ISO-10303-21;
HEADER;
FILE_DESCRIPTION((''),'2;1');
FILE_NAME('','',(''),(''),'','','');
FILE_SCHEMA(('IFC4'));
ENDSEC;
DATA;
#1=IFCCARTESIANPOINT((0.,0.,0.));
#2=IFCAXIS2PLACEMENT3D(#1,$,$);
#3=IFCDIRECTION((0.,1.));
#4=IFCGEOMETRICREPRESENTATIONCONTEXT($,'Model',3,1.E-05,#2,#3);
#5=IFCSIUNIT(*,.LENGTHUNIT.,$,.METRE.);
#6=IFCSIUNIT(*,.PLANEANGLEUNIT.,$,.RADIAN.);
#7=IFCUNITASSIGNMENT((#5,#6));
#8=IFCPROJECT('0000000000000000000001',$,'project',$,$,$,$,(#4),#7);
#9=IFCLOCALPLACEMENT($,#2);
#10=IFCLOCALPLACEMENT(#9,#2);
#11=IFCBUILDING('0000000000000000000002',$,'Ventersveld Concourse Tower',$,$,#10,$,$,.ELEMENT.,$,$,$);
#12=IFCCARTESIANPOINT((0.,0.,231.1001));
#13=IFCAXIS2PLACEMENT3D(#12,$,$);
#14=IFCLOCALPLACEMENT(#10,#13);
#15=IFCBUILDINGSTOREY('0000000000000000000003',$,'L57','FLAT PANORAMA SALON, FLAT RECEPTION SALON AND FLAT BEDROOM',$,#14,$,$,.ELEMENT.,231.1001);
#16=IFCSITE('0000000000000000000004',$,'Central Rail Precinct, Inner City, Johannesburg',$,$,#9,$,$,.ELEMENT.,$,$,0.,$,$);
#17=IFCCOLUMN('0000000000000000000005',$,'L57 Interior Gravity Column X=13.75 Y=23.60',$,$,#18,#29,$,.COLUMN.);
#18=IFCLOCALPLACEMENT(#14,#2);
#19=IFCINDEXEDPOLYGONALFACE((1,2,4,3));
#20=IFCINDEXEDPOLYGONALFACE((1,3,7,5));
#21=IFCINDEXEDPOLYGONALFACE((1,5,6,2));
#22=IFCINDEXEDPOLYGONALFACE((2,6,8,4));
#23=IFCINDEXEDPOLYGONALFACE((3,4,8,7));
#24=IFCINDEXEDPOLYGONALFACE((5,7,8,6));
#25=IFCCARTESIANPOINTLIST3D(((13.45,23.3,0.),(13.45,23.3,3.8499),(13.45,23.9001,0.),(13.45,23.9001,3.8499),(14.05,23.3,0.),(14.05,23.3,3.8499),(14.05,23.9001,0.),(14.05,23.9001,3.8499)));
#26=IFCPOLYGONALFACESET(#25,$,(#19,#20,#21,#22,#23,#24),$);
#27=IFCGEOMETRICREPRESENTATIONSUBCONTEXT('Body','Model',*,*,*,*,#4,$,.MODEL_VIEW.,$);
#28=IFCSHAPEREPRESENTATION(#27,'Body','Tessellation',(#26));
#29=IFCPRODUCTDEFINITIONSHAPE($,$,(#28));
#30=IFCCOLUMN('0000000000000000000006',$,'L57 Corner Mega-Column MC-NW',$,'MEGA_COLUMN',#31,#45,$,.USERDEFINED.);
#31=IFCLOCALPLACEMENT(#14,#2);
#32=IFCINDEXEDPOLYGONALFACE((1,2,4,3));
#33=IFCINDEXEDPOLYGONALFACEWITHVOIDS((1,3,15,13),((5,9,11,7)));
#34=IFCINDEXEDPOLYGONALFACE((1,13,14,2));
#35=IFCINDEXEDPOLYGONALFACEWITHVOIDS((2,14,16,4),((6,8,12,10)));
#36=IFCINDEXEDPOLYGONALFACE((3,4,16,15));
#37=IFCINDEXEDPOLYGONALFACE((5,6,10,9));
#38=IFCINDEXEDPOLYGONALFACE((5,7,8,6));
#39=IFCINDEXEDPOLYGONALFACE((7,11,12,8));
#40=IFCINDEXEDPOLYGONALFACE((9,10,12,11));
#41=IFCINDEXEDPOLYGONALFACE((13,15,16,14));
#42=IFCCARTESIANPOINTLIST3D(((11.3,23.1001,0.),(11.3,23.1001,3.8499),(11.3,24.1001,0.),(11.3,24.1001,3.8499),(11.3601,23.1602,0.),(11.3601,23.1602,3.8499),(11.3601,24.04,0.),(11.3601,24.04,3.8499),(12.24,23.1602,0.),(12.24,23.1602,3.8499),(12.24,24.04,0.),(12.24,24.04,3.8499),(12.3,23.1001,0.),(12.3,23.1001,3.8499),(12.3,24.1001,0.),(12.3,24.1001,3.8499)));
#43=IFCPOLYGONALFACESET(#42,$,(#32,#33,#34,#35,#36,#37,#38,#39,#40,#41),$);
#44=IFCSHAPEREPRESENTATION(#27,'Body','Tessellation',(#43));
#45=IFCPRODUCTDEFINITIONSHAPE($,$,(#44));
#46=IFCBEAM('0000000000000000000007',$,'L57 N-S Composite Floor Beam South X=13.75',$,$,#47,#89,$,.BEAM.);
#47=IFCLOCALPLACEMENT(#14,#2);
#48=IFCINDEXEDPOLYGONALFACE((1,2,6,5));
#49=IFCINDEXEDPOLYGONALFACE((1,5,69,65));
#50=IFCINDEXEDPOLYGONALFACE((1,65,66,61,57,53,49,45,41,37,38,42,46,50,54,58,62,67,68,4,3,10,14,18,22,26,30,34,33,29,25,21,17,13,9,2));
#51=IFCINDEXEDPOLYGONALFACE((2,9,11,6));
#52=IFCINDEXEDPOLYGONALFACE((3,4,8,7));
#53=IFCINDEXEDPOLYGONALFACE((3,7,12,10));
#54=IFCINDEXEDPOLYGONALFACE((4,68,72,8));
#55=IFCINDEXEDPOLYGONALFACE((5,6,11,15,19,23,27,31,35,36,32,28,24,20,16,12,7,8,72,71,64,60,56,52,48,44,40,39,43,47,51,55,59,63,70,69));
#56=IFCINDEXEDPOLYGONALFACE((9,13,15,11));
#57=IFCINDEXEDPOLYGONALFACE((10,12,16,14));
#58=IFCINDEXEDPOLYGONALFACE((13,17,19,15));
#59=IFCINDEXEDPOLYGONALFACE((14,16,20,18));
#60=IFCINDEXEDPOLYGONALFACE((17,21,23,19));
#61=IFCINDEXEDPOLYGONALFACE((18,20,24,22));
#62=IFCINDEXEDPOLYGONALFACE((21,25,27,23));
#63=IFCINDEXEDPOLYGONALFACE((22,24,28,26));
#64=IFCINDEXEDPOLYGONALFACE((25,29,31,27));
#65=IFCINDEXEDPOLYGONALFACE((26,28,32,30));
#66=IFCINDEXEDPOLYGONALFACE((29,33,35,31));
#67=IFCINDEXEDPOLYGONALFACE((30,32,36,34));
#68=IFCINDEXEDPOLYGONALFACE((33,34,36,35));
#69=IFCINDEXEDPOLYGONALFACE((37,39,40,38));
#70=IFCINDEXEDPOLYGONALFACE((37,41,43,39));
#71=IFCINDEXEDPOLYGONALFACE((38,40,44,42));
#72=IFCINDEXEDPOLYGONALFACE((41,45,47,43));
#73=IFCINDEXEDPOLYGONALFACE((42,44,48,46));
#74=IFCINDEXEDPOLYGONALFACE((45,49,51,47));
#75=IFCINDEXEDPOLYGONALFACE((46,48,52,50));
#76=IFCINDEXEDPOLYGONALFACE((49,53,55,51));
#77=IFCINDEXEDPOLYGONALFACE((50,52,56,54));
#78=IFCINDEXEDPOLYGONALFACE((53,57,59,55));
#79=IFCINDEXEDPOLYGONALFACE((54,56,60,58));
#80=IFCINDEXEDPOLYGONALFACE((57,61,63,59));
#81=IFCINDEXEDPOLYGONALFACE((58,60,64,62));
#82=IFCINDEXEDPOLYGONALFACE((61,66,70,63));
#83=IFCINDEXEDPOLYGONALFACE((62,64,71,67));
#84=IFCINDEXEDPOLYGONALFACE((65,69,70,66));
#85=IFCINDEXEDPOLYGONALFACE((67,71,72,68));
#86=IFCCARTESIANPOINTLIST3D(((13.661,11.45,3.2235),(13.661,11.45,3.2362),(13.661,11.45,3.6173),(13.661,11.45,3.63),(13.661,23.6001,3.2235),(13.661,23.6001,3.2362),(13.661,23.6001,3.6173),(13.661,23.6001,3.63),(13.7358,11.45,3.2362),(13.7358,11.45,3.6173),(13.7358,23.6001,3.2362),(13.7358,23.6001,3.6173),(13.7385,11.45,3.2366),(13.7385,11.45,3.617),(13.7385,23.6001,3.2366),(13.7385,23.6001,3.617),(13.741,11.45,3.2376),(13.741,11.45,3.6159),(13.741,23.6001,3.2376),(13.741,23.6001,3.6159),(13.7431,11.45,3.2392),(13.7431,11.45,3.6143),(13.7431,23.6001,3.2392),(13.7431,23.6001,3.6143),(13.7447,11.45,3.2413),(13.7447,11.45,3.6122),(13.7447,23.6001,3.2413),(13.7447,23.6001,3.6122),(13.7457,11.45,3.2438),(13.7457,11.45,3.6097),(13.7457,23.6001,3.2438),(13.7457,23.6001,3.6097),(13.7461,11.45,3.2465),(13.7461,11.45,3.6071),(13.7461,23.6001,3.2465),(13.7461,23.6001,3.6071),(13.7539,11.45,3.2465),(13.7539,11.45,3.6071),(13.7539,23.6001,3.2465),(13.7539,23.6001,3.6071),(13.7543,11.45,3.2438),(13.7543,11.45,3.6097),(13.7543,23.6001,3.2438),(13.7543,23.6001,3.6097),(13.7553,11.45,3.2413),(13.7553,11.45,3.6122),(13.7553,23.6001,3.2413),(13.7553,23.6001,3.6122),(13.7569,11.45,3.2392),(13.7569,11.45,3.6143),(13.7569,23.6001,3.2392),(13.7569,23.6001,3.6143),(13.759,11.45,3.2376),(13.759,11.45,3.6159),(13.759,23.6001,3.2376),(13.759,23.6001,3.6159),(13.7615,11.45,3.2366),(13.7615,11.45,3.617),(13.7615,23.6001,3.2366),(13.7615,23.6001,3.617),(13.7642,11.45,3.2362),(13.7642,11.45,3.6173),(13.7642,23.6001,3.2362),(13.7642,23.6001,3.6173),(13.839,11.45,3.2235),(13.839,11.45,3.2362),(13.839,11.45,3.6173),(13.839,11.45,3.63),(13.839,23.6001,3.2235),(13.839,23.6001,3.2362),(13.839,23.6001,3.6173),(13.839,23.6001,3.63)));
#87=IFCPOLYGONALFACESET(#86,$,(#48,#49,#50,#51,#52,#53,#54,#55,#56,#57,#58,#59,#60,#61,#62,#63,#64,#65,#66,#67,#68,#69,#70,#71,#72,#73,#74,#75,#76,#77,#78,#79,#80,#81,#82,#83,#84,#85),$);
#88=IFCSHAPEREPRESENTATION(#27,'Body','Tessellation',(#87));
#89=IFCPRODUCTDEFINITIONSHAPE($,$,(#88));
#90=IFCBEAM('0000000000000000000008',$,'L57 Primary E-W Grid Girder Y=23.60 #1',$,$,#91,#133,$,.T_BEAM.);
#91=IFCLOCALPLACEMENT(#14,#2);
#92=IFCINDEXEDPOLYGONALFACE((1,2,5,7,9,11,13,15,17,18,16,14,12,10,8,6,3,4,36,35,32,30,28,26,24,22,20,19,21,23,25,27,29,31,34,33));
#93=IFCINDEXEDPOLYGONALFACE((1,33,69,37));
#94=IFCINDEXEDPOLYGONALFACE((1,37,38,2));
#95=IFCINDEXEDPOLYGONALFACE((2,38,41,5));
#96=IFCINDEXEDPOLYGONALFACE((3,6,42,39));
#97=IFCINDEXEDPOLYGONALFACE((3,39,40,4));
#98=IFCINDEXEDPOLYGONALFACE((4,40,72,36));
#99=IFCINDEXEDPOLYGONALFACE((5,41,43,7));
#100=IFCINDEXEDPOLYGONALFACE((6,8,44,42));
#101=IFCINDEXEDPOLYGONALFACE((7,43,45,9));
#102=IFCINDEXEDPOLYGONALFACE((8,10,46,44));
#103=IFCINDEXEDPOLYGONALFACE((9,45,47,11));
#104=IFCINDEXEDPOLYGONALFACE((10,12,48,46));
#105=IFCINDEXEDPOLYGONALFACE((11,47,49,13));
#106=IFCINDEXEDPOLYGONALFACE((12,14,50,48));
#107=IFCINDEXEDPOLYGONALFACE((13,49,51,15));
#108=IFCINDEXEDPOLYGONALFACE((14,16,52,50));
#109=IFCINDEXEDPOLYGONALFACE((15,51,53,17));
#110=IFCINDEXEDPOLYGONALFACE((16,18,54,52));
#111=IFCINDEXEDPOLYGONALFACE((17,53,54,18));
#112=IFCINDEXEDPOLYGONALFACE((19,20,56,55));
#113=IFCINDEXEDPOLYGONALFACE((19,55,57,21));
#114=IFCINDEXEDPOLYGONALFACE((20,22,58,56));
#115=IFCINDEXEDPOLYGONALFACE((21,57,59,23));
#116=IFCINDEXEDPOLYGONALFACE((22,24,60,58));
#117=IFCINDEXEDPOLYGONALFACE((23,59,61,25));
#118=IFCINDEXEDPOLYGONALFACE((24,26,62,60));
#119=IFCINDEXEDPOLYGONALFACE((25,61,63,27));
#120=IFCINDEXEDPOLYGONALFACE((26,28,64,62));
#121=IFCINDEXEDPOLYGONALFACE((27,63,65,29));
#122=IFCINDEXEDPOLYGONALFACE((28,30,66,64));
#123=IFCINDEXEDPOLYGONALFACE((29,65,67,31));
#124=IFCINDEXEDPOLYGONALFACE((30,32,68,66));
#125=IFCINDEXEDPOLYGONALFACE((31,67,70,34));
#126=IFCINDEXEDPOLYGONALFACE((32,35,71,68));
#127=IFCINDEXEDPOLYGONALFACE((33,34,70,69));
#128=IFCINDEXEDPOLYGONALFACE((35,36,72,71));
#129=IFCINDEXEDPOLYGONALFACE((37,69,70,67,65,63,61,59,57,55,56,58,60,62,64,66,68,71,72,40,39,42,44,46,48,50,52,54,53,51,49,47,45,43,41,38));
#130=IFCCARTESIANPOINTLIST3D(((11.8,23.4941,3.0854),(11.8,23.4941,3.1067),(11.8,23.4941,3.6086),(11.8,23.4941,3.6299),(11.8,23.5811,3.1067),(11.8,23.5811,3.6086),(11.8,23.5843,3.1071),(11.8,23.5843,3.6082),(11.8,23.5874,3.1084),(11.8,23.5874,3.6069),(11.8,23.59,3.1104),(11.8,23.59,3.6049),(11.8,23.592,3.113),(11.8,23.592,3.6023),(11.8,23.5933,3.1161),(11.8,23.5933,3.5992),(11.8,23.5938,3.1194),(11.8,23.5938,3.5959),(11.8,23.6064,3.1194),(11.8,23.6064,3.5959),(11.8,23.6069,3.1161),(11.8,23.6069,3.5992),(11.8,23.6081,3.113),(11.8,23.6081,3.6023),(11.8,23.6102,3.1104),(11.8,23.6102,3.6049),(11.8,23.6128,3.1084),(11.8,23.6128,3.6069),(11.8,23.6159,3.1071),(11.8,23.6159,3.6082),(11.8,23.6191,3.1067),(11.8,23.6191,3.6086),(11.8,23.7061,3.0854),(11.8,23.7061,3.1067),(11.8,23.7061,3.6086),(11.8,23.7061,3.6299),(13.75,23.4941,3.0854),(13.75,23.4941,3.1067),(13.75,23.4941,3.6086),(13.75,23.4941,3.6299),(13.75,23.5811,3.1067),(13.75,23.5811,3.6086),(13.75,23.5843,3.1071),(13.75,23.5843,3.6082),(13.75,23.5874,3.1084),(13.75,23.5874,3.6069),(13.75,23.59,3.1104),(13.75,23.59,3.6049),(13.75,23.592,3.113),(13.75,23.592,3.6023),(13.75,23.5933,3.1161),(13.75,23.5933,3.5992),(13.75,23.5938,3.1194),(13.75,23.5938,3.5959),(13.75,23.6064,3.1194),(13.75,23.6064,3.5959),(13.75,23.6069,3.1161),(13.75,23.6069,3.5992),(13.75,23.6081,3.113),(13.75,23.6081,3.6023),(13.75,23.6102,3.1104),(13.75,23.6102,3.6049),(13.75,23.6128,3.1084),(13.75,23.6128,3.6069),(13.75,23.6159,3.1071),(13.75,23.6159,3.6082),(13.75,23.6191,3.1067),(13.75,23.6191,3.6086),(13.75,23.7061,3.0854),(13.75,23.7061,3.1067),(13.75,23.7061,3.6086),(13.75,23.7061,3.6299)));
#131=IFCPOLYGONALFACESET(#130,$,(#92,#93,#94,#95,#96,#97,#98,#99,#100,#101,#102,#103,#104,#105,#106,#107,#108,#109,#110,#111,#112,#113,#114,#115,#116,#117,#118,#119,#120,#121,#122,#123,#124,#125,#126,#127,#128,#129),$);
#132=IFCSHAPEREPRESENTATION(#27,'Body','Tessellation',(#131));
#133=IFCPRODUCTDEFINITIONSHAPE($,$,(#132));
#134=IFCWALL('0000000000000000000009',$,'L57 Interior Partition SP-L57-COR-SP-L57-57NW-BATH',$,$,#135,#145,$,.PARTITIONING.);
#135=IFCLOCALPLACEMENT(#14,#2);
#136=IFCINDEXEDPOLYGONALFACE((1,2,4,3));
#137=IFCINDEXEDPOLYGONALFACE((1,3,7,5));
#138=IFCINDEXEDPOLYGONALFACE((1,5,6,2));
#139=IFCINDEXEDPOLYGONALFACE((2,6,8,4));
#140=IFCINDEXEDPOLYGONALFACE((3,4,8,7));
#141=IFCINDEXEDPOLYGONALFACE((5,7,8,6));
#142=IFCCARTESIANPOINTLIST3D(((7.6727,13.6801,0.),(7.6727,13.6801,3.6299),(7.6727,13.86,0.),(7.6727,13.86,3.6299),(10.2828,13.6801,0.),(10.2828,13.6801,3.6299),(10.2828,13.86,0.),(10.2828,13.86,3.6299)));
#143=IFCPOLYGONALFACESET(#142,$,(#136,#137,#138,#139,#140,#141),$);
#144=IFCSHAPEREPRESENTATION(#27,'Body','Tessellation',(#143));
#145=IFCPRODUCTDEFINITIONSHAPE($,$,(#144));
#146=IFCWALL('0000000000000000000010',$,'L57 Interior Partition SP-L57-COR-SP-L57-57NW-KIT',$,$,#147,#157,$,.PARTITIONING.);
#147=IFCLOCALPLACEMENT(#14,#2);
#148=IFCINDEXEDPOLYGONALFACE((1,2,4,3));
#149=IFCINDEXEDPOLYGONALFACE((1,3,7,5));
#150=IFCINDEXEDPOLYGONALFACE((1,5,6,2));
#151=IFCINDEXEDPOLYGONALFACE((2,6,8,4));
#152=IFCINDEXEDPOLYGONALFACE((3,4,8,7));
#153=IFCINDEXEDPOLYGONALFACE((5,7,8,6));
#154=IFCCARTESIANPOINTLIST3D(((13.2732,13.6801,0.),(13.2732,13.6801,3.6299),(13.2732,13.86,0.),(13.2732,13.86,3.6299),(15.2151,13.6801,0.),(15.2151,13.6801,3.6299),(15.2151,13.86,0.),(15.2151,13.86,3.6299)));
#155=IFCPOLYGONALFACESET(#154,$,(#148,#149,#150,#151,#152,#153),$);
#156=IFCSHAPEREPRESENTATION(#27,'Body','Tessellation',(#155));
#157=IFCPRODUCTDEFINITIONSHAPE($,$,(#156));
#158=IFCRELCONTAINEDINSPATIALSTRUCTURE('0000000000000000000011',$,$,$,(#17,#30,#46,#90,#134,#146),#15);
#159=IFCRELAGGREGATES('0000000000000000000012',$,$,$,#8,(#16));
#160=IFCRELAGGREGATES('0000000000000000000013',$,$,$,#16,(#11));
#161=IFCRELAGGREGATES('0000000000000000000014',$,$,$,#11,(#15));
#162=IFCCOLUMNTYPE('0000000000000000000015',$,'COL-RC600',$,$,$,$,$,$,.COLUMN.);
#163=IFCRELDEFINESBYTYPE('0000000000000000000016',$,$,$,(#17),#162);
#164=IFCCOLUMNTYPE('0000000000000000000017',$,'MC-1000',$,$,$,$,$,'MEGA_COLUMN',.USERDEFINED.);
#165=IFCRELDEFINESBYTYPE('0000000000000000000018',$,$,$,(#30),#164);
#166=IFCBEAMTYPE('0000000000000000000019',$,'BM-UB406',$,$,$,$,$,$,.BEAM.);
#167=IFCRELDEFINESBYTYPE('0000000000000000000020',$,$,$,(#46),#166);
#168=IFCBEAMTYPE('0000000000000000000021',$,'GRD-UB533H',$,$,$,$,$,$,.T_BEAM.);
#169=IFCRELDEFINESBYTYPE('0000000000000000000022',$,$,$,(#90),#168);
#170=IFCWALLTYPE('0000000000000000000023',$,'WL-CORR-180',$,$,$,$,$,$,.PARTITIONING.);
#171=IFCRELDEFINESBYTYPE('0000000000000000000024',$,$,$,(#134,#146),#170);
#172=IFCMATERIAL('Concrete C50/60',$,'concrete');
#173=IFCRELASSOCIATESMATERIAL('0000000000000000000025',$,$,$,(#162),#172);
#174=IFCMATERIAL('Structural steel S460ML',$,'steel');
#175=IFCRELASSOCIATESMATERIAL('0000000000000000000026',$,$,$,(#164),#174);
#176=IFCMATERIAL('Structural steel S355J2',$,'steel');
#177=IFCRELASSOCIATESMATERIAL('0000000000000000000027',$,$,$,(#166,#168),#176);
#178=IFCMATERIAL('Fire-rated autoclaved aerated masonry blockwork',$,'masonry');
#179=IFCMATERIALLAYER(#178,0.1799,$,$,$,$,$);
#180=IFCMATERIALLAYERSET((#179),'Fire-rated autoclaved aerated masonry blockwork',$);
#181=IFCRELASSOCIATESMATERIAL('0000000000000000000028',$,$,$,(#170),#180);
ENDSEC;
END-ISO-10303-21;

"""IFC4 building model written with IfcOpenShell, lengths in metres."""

from ifc_helpers import new_model, si_unit, direction, frame, frame_2d, origin, origin_2d, place, context, subcontext, project, spatial, rectangle, hollow_rectangle, i_section, extrude, material, layer, layer_set, material_profile, profile_set, type_object, element, save


model = new_model("IFC4")

# Units and contexts
model_context = context("Model", 3, precision=1e-05, world=origin(), true_north=direction((0.0, 1.0)))
body_context = subcontext(model_context, "Body", "Model", "MODEL_VIEW")
ifc_project = project(units=[si_unit("LENGTHUNIT", "METRE"), si_unit("PLANEANGLEUNIT", "RADIAN")], contexts=[model_context])

# Site, building, storey
site_placement = place(None, origin())
site = spatial("IfcSite", under=ifc_project, at=site_placement, Name="Central Rail Precinct, Inner City, Johannesburg", CompositionType="ELEMENT", RefElevation=0.0)
building_placement = place(site_placement, origin())
building = spatial("IfcBuilding", under=site, at=building_placement, Name="Ventersveld Concourse Tower", CompositionType="ELEMENT")
storey_placement = place(building_placement, frame((0.0, 0.0, 231.1001)))
storey = spatial("IfcBuildingStorey", under=building, at=storey_placement, Name="L57", Description="FLAT PANORAMA SALON, FLAT RECEPTION SALON AND FLAT BEDROOM", CompositionType="ELEMENT", Elevation=231.1001)

# Columns
ifc_material_1 = material(Name="Concrete C50/60", Category="concrete")
ifc_material_profile_1 = material_profile(ifc_material_1, rectangle(XDim=0.6001, YDim=0.6001, at=origin_2d()), Name="RC 600x600")
ifc_profile_set_1 = profile_set([ifc_material_profile_1], Name="Concrete C50/60")
column_type_1 = type_object("IfcColumnType", Name="COL-RC600", PredefinedType="COLUMN", material=ifc_profile_set_1)
column_1_placement = place(storey_placement, frame((13.75, 23.6001, 0.0), z_axis=(0.0, 0.0, 1.0), x_axis=(1.0, 0.0, 0.0)))
element("IfcColumn", 1, at=column_1_placement, inside=storey, type_object=column_type_1, Name="L57 Interior Gravity Column X=13.75 Y=23.60", PredefinedType="COLUMN", context=body_context, shape_type="SweptSolid", body=[
    extrude(rectangle(XDim=0.6001, YDim=0.6001, at=origin_2d()), origin(), (0.0, 0.0, 1.0), 3.8499),
])
ifc_material_2 = material(Name="Structural steel S460ML", Category="steel")
ifc_material_profile_2 = material_profile(ifc_material_2, hollow_rectangle(XDim=1.0, YDim=1.0, WallThickness=0.0601, at=origin_2d()), Name="BOX 1000x1000x60")
ifc_profile_set_2 = profile_set([ifc_material_profile_2], Name="Structural steel S460ML")
column_type_2 = type_object("IfcColumnType", Name="MC-1000", ElementType="MEGA_COLUMN", PredefinedType="USERDEFINED", material=ifc_profile_set_2)
column_2_placement = place(storey_placement, frame((11.8, 23.6001, 0.0), z_axis=(0.0, 0.0, 1.0), x_axis=(1.0, 0.0, 0.0)))
element("IfcColumn", 2, at=column_2_placement, inside=storey, type_object=column_type_2, Name="L57 Corner Mega-Column MC-NW", ObjectType="MEGA_COLUMN", PredefinedType="USERDEFINED", context=body_context, shape_type="SweptSolid", body=[
    extrude(hollow_rectangle(XDim=1.0, YDim=1.0, WallThickness=0.0601, at=origin_2d()), origin(), (0.0, 0.0, 1.0), 3.8499),
])

# Beams
ifc_material_3 = material(Name="Structural steel S355J2", Category="steel")
ifc_material_profile_3 = material_profile(ifc_material_3, i_section(OverallWidth=0.178, OverallDepth=0.4065, WebThickness=0.0078, FlangeThickness=0.0127, FilletRadius=0.0103, at=origin_2d()), Name="UB 406x178x60")
ifc_profile_set_3 = profile_set([ifc_material_profile_3], Name="Structural steel S355J2")
beam_type_1 = type_object("IfcBeamType", Name="BM-UB406", PredefinedType="BEAM", material=ifc_profile_set_3)
beam_1_placement = place(storey_placement, frame((13.75, 11.45, 3.4268), z_axis=(0.0, 1.0, 0.0), x_axis=(-1.0, 0.0, 0.0)))
element("IfcBeam", 3, at=beam_1_placement, inside=storey, type_object=beam_type_1, Name="L57 N-S Composite Floor Beam South X=13.75", PredefinedType="BEAM", context=body_context, shape_type="SweptSolid", body=[
    extrude(i_section(OverallWidth=0.178, OverallDepth=0.4065, WebThickness=0.0078, FlangeThickness=0.0127, FilletRadius=0.0103, at=origin_2d()), origin(), (0.0, 0.0, 1.0), 12.1501),
])
ifc_material_profile_4 = material_profile(ifc_material_3, i_section(OverallWidth=0.2119, OverallDepth=0.5444, WebThickness=0.0127, FlangeThickness=0.0212, FilletRadius=0.0127, at=origin_2d()), Name="UB 533x210x122")
ifc_profile_set_4 = profile_set([ifc_material_profile_4], Name="Structural steel S355J2")
beam_type_2 = type_object("IfcBeamType", Name="GRD-UB533H", PredefinedType="T_BEAM", material=ifc_profile_set_4)
beam_2_placement = place(storey_placement, frame((11.8, 23.6001, 3.3577), z_axis=(1.0, 0.0, 0.0), x_axis=(0.0, 1.0, 0.0)))
element("IfcBeam", 4, at=beam_2_placement, inside=storey, type_object=beam_type_2, Name="L57 Primary E-W Grid Girder Y=23.60 #1", PredefinedType="T_BEAM", context=body_context, shape_type="SweptSolid", body=[
    extrude(i_section(OverallWidth=0.2119, OverallDepth=0.5444, WebThickness=0.0127, FlangeThickness=0.0212, FilletRadius=0.0127, at=origin_2d()), origin(), (0.0, 0.0, 1.0), 1.95),
])

# Shared definitions
ifc_material_4 = material(Name="Fire-rated autoclaved aerated masonry blockwork", Category="masonry")
ifc_layer_1 = layer(ifc_material_4, 0.1799)
ifc_layer_set_1 = layer_set([ifc_layer_1], Name="Fire-rated autoclaved aerated masonry blockwork")
wall_type_1 = type_object("IfcWallType", Name="WL-CORR-180", PredefinedType="PARTITIONING", material=ifc_layer_set_1)

# Walls
wall_1_placement = place(storey_placement, frame((7.6726, 13.77, 0.0), z_axis=(0.0, 0.0, 1.0), x_axis=(1.0, 0.0, 0.0)))
element("IfcWall", 5, at=wall_1_placement, inside=storey, type_object=wall_type_1, Name="L57 Interior Partition SP-L57-COR-SP-L57-57NW-BATH", PredefinedType="PARTITIONING", context=body_context, shape_type="SweptSolid", body=[
    extrude(rectangle(XDim=2.6101, YDim=0.1799, at=frame_2d((1.3052, 0.0))), origin(), (0.0, 0.0, 1.0), 3.6299),
])
wall_2_placement = place(storey_placement, frame((13.2732, 13.77, 0.0), z_axis=(0.0, 0.0, 1.0), x_axis=(1.0, 0.0, 0.0)))
element("IfcWall", 6, at=wall_2_placement, inside=storey, type_object=wall_type_1, Name="L57 Interior Partition SP-L57-COR-SP-L57-57NW-KIT", PredefinedType="PARTITIONING", context=body_context, shape_type="SweptSolid", body=[
    extrude(rectangle(XDim=1.9419, YDim=0.1799, at=frame_2d((0.9709, 0.0))), origin(), (0.0, 0.0, 1.0), 3.6299),
])

save(model, "model.ifc")
